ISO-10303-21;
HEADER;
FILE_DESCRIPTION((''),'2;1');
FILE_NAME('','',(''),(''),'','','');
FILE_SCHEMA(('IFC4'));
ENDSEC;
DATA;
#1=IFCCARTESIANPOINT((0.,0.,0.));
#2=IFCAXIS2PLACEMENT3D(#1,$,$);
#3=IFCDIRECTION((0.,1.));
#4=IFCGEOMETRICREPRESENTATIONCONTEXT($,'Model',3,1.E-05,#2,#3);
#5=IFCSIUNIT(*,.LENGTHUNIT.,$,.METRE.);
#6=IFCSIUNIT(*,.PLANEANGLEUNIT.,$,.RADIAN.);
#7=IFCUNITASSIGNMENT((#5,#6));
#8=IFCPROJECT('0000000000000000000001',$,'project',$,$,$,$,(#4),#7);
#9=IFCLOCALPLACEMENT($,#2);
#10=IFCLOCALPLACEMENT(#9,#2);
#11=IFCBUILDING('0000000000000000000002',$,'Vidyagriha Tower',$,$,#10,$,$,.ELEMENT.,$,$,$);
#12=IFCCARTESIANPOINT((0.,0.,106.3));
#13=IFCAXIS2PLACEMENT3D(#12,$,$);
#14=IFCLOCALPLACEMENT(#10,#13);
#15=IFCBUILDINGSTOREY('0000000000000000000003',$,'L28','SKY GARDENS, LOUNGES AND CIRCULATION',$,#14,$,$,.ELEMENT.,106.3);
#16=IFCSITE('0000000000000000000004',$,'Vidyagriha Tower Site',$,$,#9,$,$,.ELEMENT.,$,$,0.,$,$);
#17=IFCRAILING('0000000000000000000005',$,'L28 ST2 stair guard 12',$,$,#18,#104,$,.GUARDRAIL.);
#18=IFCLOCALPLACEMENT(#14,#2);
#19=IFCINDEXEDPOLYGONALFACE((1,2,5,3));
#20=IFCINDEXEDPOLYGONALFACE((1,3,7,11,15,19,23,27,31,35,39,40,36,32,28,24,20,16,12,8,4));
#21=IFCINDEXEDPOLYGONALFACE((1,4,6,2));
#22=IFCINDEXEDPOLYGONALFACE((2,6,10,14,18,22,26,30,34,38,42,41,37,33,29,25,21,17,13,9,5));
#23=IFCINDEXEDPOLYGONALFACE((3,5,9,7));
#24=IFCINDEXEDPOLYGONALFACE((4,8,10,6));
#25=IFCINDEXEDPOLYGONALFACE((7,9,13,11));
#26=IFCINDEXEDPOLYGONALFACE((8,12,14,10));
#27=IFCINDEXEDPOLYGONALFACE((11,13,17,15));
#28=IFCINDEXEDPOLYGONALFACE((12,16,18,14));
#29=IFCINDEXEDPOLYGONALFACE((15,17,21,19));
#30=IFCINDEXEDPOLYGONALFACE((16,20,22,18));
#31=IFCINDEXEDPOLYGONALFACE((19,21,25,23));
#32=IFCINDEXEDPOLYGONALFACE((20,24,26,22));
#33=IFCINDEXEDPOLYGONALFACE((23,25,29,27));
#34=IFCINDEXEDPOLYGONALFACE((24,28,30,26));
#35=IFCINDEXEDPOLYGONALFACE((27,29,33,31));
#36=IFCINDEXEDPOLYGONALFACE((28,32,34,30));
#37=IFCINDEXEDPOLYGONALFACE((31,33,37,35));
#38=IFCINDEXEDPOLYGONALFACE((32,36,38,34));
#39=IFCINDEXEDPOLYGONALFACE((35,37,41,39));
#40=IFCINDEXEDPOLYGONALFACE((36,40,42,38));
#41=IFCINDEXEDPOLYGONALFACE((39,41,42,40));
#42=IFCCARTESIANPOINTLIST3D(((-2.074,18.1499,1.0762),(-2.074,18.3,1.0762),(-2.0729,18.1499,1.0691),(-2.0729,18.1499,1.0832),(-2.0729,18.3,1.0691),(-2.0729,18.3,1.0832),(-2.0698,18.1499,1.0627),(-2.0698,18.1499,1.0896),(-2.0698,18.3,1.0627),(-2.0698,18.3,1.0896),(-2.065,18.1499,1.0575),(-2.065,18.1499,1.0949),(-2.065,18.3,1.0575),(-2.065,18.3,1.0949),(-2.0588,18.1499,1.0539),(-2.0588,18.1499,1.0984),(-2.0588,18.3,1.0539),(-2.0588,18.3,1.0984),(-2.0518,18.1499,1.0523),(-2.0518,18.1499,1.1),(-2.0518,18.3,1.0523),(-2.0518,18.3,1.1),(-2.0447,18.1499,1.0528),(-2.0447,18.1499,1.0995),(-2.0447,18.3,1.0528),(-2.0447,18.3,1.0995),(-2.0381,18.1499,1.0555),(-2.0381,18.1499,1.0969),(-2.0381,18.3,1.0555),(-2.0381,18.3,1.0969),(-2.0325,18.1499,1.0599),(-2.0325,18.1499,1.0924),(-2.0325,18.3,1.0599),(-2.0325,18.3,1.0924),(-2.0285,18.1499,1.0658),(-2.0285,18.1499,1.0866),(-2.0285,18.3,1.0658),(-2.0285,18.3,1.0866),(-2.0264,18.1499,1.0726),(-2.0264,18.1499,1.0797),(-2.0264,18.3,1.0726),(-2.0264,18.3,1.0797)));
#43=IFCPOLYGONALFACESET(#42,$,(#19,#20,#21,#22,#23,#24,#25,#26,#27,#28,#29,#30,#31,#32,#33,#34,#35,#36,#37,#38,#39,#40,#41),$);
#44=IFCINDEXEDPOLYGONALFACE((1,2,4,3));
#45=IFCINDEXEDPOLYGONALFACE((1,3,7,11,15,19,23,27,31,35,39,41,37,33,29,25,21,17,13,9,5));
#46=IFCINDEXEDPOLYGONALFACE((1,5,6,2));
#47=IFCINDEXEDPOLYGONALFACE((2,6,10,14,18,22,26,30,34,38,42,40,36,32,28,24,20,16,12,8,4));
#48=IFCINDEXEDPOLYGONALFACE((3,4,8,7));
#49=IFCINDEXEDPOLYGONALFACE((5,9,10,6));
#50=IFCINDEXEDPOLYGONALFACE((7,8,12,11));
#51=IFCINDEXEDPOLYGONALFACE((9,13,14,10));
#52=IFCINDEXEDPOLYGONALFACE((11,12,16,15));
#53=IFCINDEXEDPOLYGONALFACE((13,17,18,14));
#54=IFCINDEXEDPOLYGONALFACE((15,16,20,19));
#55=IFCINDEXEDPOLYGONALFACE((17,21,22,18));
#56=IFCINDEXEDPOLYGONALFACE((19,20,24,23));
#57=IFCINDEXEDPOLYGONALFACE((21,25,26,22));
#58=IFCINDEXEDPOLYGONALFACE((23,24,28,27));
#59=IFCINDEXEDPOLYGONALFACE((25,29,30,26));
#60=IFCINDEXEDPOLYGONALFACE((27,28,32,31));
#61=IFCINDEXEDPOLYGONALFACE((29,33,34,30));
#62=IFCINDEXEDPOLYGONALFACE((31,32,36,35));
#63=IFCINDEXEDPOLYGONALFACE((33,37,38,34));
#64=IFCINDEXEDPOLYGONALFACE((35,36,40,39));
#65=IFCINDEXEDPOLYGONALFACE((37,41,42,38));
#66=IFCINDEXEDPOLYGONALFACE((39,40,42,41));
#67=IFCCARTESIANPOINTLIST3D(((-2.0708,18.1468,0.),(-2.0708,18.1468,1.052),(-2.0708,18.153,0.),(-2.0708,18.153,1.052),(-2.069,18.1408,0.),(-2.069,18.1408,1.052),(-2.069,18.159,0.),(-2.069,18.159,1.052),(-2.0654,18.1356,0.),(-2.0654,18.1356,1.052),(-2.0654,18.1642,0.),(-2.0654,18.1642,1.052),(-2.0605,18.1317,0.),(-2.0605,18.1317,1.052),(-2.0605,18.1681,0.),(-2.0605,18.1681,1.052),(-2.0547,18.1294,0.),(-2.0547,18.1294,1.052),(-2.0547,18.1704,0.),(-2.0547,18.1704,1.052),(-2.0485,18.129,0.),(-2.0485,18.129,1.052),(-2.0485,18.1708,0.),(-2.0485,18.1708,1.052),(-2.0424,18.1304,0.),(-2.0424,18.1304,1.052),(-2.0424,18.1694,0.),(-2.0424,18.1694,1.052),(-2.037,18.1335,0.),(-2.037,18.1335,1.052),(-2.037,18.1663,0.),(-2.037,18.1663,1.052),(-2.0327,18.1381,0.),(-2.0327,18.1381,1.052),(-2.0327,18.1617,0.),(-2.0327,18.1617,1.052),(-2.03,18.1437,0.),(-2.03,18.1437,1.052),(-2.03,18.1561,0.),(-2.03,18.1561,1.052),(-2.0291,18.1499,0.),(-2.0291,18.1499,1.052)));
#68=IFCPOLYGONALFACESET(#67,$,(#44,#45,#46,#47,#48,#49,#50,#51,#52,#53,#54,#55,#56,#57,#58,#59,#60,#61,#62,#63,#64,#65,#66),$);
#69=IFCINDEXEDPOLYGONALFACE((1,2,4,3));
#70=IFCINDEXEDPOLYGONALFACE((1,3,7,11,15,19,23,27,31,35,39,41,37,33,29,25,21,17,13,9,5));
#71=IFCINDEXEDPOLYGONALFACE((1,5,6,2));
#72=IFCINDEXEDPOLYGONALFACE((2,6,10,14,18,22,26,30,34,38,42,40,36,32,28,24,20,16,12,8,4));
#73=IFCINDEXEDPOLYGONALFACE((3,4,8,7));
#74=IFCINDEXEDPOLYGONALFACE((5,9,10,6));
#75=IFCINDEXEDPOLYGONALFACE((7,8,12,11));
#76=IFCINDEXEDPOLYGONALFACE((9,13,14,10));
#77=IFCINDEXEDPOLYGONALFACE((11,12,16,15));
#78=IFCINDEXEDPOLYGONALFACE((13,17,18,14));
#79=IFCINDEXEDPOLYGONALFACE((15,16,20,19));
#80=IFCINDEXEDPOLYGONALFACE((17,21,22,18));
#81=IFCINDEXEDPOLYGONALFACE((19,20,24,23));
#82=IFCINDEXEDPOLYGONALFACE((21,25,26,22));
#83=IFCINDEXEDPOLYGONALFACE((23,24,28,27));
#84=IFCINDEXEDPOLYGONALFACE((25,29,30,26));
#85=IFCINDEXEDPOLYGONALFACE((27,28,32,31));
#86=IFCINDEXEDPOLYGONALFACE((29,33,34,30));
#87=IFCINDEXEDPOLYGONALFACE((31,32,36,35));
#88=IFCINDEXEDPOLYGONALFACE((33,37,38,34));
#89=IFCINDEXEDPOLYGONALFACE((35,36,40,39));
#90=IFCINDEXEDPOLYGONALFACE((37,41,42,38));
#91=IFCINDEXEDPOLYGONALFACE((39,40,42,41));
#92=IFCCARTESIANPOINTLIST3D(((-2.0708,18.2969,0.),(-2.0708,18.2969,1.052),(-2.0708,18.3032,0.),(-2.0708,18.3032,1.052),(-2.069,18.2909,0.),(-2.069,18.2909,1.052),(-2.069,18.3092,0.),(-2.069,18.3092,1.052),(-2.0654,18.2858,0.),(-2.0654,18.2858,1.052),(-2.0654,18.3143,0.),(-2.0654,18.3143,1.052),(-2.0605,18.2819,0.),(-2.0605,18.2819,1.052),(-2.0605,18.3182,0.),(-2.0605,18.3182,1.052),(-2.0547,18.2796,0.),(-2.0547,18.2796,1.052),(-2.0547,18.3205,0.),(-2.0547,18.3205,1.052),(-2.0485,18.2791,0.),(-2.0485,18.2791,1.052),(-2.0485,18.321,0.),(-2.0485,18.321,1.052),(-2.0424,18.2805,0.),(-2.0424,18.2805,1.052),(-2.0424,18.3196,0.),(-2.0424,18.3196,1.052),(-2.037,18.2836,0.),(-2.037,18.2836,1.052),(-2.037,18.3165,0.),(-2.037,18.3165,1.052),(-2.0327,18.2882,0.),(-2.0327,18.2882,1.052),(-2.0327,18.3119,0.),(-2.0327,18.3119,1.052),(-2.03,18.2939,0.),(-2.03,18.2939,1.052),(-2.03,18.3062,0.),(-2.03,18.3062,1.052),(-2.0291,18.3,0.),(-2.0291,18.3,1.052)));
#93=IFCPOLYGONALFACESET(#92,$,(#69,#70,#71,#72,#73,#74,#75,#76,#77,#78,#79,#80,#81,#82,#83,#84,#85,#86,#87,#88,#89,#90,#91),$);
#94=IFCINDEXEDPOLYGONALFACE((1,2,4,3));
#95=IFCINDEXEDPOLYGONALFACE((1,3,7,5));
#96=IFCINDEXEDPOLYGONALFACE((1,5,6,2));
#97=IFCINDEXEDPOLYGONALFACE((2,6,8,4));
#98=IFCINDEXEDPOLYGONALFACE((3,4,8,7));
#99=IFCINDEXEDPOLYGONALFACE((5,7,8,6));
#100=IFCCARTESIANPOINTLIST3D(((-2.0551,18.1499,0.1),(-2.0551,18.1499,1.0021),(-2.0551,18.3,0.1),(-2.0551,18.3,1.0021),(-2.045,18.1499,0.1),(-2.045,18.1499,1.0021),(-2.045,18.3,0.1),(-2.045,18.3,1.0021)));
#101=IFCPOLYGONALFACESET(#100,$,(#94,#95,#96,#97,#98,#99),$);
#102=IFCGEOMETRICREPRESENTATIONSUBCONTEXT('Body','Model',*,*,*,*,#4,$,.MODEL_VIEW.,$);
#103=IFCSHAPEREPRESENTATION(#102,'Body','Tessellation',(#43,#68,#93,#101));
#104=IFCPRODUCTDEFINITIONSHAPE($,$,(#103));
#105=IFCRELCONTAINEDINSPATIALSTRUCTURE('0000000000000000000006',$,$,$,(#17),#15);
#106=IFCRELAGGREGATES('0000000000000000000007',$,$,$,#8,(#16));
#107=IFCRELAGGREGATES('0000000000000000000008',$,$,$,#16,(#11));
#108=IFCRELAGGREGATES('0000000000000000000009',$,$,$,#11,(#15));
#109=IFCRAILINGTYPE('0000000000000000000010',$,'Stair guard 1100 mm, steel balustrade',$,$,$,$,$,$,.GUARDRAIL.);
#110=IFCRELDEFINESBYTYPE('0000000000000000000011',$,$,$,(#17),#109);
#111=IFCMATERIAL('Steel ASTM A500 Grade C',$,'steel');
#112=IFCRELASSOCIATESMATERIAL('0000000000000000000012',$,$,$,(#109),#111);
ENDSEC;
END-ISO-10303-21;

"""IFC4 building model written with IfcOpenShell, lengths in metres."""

from ifc_helpers import new_model, si_unit, direction, frame, origin, origin_2d, place, context, subcontext, project, spatial, rectangle, circle, extrude, material, type_object, element, save


model = new_model("IFC4")

# Units and contexts
model_context = context("Model", 3, precision=1e-05, world=origin(), true_north=direction((0.0, 1.0)))
body_context = subcontext(model_context, "Body", "Model", "MODEL_VIEW")
ifc_project = project(units=[si_unit("LENGTHUNIT", "METRE"), si_unit("PLANEANGLEUNIT", "RADIAN")], contexts=[model_context])

# Site, building, storey
site_placement = place(None, origin())
site = spatial("IfcSite", under=ifc_project, at=site_placement, Name="Vidyagriha Tower Site", CompositionType="ELEMENT", RefElevation=0.0)
building_placement = place(site_placement, origin())
building = spatial("IfcBuilding", under=site, at=building_placement, Name="Vidyagriha Tower", CompositionType="ELEMENT")
storey_placement = place(building_placement, frame((0.0, 0.0, 106.3)))
storey = spatial("IfcBuildingStorey", under=building, at=storey_placement, Name="L28", Description="SKY GARDENS, LOUNGES AND CIRCULATION", CompositionType="ELEMENT", Elevation=106.3)

# Railing
ifc_material_1 = material(Name="Steel ASTM A500 Grade C", Category="steel")
railing_type_1 = type_object("IfcRailingType", Name="Stair guard 1100 mm, steel balustrade", PredefinedType="GUARDRAIL", material=ifc_material_1)
railing_1_placement = place(storey_placement, frame((-2.05, 18.1499, 0.0)))
element("IfcRailing", 1, at=railing_1_placement, inside=storey, type_object=railing_type_1, Name="L28 ST2 stair guard 12", PredefinedType="GUARDRAIL", context=body_context, shape_type="SweptSolid", body=[
    extrude(circle(Radius=0.0239, at=origin_2d()), frame((0.0, 0.0, 1.0762), z_axis=(0.0, 1.0, 0.0), x_axis=(-1.0, 0.0, 0.0)), (0.0, 0.0, 1.0), 0.1501),
    extrude(circle(Radius=0.021, at=origin_2d()), origin(), (0.0, 0.0, 1.0), 1.052),
    extrude(circle(Radius=0.021, at=origin_2d()), frame((0.0, 0.1501, 0.0)), (0.0, 0.0, 1.0), 1.052),
    extrude(rectangle(XDim=0.01, YDim=0.9021, at=origin_2d()), frame((0.0, 0.0, 0.551), z_axis=(0.0, 1.0, 0.0), x_axis=(-1.0, 0.0, 0.0)), (0.0, 0.0, 1.0), 0.1501),
])

save(model, "model.ifc")
